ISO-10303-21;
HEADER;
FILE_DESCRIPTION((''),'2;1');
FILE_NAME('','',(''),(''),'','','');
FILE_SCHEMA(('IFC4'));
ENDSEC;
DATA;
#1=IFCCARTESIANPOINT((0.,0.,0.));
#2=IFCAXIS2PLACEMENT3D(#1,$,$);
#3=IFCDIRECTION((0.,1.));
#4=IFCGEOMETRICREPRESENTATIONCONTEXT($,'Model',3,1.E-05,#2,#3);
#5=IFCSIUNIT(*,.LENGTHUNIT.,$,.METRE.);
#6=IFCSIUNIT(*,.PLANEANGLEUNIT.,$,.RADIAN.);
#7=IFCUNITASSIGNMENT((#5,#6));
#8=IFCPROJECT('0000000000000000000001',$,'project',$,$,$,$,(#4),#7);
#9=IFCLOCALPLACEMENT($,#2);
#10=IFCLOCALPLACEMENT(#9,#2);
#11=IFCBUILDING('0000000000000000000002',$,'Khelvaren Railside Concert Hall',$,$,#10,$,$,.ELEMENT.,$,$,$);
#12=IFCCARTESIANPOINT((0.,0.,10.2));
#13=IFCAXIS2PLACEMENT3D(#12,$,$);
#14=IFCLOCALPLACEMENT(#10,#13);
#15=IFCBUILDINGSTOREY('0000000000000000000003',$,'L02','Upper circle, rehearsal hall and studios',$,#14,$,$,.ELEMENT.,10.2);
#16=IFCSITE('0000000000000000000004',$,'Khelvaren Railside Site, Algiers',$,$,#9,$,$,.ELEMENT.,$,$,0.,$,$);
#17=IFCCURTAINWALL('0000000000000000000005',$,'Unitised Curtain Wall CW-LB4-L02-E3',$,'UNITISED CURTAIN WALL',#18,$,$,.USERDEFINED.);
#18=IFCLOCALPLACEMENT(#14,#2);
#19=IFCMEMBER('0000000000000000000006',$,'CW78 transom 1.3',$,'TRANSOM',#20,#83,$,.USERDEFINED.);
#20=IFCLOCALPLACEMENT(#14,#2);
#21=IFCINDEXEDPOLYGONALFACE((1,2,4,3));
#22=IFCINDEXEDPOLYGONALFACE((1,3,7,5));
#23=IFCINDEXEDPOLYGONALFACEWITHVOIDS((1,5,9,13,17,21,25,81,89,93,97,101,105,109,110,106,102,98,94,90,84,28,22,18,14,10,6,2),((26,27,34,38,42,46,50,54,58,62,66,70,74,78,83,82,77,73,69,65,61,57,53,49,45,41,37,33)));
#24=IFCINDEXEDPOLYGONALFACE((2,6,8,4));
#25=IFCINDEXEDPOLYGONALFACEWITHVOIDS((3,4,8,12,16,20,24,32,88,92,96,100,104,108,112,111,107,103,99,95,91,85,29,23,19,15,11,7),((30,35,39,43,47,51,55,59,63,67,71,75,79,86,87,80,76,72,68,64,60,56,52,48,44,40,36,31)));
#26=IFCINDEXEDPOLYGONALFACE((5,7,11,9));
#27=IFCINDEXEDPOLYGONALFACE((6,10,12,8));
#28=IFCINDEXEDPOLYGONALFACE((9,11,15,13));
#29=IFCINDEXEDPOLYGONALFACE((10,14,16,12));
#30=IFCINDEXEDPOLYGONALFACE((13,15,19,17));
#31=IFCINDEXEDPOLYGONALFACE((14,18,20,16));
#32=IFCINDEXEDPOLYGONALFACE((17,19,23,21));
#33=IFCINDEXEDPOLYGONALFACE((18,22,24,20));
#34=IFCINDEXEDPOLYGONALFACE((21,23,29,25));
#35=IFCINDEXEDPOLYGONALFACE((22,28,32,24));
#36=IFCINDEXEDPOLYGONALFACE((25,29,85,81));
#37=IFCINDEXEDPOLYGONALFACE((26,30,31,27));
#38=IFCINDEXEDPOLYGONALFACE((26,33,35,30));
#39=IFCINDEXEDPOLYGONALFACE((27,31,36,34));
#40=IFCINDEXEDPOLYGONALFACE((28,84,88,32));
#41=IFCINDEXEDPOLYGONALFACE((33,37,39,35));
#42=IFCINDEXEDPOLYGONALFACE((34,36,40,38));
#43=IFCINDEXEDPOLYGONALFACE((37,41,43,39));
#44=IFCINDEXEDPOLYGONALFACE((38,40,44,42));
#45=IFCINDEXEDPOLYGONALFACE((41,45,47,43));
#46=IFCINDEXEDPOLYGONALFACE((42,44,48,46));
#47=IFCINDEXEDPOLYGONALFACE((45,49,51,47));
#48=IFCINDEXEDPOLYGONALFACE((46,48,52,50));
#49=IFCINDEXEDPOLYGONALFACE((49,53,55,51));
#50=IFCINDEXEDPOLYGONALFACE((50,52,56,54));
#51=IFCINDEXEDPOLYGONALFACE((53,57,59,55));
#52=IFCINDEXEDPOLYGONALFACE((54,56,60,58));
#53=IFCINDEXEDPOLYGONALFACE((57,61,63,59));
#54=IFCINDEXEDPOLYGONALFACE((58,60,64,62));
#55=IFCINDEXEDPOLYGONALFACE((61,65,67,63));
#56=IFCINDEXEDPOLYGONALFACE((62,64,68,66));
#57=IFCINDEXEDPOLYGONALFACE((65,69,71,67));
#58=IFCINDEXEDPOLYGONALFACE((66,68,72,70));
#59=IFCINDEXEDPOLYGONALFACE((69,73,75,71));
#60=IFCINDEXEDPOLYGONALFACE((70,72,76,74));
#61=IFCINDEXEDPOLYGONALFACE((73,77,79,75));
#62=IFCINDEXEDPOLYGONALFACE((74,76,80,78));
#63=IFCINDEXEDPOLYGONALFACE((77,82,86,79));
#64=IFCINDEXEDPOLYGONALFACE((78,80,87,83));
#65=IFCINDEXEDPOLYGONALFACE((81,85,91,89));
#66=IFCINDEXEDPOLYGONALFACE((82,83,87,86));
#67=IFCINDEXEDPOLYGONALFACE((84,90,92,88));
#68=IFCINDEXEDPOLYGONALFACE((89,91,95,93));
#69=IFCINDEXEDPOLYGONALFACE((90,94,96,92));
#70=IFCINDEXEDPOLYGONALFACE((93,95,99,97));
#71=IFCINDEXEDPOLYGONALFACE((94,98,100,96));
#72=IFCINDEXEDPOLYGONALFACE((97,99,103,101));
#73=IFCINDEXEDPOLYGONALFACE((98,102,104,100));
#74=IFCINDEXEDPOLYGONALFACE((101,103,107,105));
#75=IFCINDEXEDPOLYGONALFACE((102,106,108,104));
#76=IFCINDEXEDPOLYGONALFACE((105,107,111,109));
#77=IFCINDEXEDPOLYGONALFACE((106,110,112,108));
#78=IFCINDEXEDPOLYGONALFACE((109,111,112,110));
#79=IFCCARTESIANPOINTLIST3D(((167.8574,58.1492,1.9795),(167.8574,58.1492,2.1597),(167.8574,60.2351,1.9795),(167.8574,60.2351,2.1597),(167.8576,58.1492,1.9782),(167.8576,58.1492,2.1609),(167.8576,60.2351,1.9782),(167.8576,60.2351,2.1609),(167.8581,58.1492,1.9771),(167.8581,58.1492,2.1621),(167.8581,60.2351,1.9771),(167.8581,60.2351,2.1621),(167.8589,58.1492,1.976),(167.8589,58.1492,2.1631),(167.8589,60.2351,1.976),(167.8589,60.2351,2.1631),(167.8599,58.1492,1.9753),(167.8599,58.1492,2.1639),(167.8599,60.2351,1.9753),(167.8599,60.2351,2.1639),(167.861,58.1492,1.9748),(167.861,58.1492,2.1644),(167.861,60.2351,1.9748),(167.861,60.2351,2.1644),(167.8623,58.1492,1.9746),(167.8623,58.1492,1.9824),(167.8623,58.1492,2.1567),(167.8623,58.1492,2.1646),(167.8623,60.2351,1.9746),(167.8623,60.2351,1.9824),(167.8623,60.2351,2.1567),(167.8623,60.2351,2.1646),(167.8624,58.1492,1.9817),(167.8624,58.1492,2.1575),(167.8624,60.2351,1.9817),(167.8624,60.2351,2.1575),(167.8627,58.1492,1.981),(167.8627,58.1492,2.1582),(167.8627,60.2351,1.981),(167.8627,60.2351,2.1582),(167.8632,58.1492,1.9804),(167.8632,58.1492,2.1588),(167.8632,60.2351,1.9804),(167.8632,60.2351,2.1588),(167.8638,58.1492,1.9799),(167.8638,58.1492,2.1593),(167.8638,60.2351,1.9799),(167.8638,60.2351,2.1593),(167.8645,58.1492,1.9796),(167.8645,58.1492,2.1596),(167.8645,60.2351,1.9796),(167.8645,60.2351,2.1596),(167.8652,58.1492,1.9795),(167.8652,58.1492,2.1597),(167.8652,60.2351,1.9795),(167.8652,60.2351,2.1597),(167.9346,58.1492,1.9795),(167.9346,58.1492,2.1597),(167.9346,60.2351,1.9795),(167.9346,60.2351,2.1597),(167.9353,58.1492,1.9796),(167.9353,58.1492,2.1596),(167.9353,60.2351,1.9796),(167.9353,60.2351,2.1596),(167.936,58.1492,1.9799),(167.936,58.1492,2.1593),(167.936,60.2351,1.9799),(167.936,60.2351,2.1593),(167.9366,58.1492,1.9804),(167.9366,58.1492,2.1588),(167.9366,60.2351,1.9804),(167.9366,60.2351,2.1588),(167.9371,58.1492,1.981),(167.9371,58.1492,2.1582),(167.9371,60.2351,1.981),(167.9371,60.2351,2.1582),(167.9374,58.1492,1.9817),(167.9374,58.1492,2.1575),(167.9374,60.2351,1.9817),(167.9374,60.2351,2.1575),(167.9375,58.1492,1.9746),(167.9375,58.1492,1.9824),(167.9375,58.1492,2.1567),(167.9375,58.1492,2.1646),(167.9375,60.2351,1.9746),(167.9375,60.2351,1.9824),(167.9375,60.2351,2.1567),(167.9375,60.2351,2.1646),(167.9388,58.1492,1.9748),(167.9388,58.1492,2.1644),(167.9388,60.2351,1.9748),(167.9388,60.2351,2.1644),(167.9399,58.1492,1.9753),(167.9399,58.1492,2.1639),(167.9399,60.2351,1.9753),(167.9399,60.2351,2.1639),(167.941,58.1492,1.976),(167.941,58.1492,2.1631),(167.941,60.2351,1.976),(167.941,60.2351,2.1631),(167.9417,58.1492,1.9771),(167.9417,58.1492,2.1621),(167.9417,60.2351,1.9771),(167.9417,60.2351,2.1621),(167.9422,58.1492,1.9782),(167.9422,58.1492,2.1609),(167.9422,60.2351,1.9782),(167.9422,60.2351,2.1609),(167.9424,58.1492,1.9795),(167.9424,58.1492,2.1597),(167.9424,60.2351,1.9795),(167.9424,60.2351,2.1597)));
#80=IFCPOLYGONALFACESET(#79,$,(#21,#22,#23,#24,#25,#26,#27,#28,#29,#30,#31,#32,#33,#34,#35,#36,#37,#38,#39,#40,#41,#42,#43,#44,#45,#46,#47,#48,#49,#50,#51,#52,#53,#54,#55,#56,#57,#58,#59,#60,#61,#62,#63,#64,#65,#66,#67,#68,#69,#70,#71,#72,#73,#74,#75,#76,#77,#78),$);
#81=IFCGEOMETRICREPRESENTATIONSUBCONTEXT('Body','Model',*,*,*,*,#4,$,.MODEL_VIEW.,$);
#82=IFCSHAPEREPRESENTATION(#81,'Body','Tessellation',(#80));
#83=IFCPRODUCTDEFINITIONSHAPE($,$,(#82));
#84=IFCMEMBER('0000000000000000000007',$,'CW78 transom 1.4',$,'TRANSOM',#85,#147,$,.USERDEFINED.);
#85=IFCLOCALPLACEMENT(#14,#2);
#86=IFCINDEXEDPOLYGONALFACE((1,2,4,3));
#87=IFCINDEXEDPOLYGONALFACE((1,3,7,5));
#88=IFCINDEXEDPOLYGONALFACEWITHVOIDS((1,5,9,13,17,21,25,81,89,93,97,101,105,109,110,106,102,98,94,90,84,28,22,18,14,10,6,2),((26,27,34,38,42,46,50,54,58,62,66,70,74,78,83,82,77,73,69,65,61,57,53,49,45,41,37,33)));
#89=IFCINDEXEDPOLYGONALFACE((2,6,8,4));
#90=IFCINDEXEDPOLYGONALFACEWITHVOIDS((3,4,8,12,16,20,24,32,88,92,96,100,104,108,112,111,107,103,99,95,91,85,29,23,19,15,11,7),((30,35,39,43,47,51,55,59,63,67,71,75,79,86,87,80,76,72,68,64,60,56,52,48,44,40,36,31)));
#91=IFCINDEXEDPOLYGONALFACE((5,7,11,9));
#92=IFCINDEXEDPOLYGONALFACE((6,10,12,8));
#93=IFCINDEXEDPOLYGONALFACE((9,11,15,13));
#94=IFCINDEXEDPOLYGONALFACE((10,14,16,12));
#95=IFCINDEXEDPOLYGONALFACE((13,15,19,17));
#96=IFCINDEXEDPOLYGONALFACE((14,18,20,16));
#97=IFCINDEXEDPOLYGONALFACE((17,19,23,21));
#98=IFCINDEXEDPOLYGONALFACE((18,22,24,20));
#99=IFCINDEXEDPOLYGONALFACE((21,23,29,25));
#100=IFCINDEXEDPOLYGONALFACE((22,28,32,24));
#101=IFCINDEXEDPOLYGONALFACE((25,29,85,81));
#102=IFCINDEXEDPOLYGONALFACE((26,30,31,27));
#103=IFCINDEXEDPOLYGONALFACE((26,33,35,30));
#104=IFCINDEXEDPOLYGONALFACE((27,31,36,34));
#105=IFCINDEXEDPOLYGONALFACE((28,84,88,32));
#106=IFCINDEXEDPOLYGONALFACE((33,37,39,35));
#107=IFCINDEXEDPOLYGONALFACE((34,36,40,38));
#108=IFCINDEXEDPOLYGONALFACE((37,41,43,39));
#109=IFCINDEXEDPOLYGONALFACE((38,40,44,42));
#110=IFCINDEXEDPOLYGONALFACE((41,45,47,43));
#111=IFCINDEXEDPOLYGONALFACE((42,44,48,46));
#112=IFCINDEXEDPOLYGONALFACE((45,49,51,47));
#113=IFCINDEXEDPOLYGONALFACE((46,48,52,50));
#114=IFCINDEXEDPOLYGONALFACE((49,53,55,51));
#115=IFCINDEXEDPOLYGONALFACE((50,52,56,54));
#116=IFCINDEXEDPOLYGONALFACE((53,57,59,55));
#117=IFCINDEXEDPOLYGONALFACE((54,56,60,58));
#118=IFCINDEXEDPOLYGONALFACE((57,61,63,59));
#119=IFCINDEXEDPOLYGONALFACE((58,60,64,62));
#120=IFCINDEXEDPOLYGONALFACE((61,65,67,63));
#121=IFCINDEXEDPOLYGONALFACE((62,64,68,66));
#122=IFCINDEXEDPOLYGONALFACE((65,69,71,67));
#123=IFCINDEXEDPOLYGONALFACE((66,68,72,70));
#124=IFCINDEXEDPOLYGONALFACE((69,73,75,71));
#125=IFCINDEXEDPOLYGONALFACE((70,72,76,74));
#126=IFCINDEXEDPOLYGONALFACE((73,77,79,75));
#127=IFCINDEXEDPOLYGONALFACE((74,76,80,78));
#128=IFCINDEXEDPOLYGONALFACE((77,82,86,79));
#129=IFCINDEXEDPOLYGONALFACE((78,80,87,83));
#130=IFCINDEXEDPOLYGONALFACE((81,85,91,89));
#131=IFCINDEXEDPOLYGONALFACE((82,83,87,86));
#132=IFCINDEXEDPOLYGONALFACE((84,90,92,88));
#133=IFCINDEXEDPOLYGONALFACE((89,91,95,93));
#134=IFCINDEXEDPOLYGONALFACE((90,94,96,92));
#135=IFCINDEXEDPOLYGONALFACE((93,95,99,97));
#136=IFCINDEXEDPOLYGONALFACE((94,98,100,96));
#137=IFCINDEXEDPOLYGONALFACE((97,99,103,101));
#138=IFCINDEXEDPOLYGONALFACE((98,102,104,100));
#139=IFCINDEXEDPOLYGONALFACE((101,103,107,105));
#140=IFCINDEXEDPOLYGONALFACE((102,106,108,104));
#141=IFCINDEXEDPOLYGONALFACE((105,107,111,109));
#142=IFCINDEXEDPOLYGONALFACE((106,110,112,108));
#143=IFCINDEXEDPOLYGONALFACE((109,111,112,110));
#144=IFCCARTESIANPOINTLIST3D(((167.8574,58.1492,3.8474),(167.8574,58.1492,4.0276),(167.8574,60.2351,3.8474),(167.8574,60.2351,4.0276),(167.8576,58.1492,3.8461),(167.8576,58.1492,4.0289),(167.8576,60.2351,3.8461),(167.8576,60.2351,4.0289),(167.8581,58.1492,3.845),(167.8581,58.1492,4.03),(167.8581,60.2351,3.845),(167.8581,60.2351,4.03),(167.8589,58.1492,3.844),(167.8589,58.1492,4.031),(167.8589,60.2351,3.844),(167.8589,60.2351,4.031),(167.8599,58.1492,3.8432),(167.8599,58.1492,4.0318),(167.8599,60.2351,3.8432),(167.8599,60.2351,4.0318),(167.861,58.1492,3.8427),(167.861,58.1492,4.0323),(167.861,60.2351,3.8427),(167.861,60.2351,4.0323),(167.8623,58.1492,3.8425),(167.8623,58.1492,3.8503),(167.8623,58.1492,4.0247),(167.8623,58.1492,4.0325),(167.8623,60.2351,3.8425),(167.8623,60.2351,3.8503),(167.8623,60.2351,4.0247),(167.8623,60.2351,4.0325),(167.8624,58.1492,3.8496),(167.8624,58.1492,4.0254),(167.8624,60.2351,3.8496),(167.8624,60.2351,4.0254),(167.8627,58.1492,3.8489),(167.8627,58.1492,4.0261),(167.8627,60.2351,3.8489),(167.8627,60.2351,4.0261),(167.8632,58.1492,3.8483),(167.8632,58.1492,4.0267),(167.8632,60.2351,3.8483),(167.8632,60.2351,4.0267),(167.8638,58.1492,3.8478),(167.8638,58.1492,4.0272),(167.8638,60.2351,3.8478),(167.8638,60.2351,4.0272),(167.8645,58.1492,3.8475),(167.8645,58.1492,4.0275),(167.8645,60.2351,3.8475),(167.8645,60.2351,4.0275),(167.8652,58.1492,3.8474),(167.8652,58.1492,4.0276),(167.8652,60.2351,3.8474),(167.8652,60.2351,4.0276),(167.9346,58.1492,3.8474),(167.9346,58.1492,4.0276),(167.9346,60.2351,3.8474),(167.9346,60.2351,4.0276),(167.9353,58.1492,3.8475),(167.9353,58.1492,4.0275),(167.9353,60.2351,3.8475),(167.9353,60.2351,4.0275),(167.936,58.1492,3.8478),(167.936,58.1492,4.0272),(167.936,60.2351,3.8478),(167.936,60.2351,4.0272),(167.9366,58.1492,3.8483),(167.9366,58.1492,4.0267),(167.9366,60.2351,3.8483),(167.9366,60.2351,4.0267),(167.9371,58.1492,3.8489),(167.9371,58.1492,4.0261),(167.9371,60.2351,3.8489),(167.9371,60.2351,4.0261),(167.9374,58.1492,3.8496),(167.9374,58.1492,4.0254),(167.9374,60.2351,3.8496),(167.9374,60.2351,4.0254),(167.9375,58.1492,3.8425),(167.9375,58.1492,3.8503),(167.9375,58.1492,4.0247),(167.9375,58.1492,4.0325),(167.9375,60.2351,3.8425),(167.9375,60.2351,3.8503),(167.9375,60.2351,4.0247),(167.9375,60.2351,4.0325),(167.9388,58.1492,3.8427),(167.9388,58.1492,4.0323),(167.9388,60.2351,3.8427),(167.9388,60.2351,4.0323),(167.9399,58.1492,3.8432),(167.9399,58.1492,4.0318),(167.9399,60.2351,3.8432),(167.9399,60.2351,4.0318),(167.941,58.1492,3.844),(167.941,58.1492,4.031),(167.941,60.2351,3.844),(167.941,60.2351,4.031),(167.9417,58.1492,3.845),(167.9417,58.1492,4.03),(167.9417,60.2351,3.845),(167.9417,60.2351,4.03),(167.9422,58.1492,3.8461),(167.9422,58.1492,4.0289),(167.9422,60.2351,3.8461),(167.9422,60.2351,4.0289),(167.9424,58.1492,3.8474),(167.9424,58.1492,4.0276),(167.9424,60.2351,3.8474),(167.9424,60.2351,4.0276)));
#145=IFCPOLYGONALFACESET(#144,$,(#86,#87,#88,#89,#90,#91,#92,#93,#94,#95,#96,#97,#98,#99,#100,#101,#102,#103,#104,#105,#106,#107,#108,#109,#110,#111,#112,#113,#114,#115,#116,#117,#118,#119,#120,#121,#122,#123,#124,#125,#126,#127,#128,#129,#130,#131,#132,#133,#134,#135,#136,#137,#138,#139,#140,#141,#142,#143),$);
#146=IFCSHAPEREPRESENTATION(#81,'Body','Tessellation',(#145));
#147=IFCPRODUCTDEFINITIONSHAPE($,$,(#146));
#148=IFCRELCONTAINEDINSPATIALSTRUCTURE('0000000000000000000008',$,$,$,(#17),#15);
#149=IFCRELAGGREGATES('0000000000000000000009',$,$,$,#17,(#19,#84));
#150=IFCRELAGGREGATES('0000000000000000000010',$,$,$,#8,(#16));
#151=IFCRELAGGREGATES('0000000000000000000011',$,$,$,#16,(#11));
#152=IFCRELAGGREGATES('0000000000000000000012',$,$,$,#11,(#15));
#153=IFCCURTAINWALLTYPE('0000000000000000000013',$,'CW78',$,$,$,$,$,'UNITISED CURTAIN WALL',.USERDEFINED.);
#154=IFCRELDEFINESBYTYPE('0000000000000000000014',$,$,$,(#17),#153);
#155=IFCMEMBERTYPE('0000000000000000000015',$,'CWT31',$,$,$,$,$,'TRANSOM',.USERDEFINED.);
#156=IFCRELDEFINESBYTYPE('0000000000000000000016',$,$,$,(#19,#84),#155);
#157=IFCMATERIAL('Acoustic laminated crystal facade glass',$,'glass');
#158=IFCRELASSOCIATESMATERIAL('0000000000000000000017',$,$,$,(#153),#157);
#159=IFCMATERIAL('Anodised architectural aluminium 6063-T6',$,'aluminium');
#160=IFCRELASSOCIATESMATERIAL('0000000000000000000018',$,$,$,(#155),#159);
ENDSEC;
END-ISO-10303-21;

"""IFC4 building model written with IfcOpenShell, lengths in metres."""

from ifc_helpers import new_model, si_unit, direction, frame, origin, origin_2d, place, context, subcontext, project, spatial, hollow_rectangle, extrude, material, material_profile, profile_set, type_object, element, aggregate, save


model = new_model("IFC4")

# Units and contexts
model_context = context("Model", 3, precision=1e-05, world=origin(), true_north=direction((0.0, 1.0)))
body_context = subcontext(model_context, "Body", "Model", "MODEL_VIEW")
ifc_project = project(units=[si_unit("LENGTHUNIT", "METRE"), si_unit("PLANEANGLEUNIT", "RADIAN")], contexts=[model_context])

# Site, building, storey
site_placement = place(None, origin())
site = spatial("IfcSite", under=ifc_project, at=site_placement, Name="Khelvaren Railside Site, Algiers", CompositionType="ELEMENT", RefElevation=0.0)
building_placement = place(site_placement, origin())
building = spatial("IfcBuilding", under=site, at=building_placement, Name="Khelvaren Railside Concert Hall", CompositionType="ELEMENT")
storey_placement = place(building_placement, frame((0.0, 0.0, 10.2)))
storey = spatial("IfcBuildingStorey", under=building, at=storey_placement, Name="L02", Description="Upper circle, rehearsal hall and studios", CompositionType="ELEMENT", Elevation=10.2)

# Curtain wall
ifc_material_1 = material(Name="Acoustic laminated crystal facade glass", Category="glass")
curtain_wall_type = type_object("IfcCurtainWallType", Name="CW78", ElementType="UNITISED CURTAIN WALL", PredefinedType="USERDEFINED", material=ifc_material_1)
curtain_wall_1_placement = place(storey_placement, origin())
curtain_wall_1 = element("IfcCurtainWall", 1, at=curtain_wall_1_placement, inside=storey, type_object=curtain_wall_type, Name="Unitised Curtain Wall CW-LB4-L02-E3", ObjectType="UNITISED CURTAIN WALL", PredefinedType="USERDEFINED")
ifc_material_2 = material(Name="Anodised architectural aluminium 6063-T6", Category="aluminium")

# Members
ifc_material_profile_1 = material_profile(ifc_material_2, hollow_rectangle(XDim=0.085, YDim=0.1899, WallThickness=0.0049, InnerFilletRadius=0.0029, OuterFilletRadius=0.0049, at=origin_2d()), Name="CWT 85x190x5")
ifc_profile_set_1 = profile_set([ifc_material_profile_1], Name="Anodised architectural aluminium 6063-T6")
member_type_1 = type_object("IfcMemberType", Name="CWT31", ElementType="TRANSOM", PredefinedType="USERDEFINED", material=ifc_profile_set_1)
member_1_placement = place(storey_placement, frame((167.8999, 60.2351, 2.0696), z_axis=(0.0, -1.0, 0.0), x_axis=(1.0, 0.0, 0.0)))
member_1 = element("IfcMember", 2, at=member_1_placement, type_object=member_type_1, Name="CW78 transom 1.3", ObjectType="TRANSOM", PredefinedType="USERDEFINED", context=body_context, shape_type="SweptSolid", body=[
    extrude(hollow_rectangle(XDim=0.085, YDim=0.1899, WallThickness=0.0049, InnerFilletRadius=0.0029, OuterFilletRadius=0.0049, at=origin_2d()), origin(), (0.0, 0.0, 1.0), 2.0859),
])
member_2_placement = place(storey_placement, frame((167.8999, 60.2351, 3.9375), z_axis=(0.0, -1.0, 0.0), x_axis=(1.0, 0.0, 0.0)))
member_2 = element("IfcMember", 3, at=member_2_placement, type_object=member_type_1, Name="CW78 transom 1.4", ObjectType="TRANSOM", PredefinedType="USERDEFINED", context=body_context, shape_type="SweptSolid", body=[
    extrude(hollow_rectangle(XDim=0.085, YDim=0.1899, WallThickness=0.0049, InnerFilletRadius=0.0029, OuterFilletRadius=0.0049, at=origin_2d()), origin(), (0.0, 0.0, 1.0), 2.0859),
])

aggregate(curtain_wall_1, [member_1, member_2])

save(model, "model.ifc")
